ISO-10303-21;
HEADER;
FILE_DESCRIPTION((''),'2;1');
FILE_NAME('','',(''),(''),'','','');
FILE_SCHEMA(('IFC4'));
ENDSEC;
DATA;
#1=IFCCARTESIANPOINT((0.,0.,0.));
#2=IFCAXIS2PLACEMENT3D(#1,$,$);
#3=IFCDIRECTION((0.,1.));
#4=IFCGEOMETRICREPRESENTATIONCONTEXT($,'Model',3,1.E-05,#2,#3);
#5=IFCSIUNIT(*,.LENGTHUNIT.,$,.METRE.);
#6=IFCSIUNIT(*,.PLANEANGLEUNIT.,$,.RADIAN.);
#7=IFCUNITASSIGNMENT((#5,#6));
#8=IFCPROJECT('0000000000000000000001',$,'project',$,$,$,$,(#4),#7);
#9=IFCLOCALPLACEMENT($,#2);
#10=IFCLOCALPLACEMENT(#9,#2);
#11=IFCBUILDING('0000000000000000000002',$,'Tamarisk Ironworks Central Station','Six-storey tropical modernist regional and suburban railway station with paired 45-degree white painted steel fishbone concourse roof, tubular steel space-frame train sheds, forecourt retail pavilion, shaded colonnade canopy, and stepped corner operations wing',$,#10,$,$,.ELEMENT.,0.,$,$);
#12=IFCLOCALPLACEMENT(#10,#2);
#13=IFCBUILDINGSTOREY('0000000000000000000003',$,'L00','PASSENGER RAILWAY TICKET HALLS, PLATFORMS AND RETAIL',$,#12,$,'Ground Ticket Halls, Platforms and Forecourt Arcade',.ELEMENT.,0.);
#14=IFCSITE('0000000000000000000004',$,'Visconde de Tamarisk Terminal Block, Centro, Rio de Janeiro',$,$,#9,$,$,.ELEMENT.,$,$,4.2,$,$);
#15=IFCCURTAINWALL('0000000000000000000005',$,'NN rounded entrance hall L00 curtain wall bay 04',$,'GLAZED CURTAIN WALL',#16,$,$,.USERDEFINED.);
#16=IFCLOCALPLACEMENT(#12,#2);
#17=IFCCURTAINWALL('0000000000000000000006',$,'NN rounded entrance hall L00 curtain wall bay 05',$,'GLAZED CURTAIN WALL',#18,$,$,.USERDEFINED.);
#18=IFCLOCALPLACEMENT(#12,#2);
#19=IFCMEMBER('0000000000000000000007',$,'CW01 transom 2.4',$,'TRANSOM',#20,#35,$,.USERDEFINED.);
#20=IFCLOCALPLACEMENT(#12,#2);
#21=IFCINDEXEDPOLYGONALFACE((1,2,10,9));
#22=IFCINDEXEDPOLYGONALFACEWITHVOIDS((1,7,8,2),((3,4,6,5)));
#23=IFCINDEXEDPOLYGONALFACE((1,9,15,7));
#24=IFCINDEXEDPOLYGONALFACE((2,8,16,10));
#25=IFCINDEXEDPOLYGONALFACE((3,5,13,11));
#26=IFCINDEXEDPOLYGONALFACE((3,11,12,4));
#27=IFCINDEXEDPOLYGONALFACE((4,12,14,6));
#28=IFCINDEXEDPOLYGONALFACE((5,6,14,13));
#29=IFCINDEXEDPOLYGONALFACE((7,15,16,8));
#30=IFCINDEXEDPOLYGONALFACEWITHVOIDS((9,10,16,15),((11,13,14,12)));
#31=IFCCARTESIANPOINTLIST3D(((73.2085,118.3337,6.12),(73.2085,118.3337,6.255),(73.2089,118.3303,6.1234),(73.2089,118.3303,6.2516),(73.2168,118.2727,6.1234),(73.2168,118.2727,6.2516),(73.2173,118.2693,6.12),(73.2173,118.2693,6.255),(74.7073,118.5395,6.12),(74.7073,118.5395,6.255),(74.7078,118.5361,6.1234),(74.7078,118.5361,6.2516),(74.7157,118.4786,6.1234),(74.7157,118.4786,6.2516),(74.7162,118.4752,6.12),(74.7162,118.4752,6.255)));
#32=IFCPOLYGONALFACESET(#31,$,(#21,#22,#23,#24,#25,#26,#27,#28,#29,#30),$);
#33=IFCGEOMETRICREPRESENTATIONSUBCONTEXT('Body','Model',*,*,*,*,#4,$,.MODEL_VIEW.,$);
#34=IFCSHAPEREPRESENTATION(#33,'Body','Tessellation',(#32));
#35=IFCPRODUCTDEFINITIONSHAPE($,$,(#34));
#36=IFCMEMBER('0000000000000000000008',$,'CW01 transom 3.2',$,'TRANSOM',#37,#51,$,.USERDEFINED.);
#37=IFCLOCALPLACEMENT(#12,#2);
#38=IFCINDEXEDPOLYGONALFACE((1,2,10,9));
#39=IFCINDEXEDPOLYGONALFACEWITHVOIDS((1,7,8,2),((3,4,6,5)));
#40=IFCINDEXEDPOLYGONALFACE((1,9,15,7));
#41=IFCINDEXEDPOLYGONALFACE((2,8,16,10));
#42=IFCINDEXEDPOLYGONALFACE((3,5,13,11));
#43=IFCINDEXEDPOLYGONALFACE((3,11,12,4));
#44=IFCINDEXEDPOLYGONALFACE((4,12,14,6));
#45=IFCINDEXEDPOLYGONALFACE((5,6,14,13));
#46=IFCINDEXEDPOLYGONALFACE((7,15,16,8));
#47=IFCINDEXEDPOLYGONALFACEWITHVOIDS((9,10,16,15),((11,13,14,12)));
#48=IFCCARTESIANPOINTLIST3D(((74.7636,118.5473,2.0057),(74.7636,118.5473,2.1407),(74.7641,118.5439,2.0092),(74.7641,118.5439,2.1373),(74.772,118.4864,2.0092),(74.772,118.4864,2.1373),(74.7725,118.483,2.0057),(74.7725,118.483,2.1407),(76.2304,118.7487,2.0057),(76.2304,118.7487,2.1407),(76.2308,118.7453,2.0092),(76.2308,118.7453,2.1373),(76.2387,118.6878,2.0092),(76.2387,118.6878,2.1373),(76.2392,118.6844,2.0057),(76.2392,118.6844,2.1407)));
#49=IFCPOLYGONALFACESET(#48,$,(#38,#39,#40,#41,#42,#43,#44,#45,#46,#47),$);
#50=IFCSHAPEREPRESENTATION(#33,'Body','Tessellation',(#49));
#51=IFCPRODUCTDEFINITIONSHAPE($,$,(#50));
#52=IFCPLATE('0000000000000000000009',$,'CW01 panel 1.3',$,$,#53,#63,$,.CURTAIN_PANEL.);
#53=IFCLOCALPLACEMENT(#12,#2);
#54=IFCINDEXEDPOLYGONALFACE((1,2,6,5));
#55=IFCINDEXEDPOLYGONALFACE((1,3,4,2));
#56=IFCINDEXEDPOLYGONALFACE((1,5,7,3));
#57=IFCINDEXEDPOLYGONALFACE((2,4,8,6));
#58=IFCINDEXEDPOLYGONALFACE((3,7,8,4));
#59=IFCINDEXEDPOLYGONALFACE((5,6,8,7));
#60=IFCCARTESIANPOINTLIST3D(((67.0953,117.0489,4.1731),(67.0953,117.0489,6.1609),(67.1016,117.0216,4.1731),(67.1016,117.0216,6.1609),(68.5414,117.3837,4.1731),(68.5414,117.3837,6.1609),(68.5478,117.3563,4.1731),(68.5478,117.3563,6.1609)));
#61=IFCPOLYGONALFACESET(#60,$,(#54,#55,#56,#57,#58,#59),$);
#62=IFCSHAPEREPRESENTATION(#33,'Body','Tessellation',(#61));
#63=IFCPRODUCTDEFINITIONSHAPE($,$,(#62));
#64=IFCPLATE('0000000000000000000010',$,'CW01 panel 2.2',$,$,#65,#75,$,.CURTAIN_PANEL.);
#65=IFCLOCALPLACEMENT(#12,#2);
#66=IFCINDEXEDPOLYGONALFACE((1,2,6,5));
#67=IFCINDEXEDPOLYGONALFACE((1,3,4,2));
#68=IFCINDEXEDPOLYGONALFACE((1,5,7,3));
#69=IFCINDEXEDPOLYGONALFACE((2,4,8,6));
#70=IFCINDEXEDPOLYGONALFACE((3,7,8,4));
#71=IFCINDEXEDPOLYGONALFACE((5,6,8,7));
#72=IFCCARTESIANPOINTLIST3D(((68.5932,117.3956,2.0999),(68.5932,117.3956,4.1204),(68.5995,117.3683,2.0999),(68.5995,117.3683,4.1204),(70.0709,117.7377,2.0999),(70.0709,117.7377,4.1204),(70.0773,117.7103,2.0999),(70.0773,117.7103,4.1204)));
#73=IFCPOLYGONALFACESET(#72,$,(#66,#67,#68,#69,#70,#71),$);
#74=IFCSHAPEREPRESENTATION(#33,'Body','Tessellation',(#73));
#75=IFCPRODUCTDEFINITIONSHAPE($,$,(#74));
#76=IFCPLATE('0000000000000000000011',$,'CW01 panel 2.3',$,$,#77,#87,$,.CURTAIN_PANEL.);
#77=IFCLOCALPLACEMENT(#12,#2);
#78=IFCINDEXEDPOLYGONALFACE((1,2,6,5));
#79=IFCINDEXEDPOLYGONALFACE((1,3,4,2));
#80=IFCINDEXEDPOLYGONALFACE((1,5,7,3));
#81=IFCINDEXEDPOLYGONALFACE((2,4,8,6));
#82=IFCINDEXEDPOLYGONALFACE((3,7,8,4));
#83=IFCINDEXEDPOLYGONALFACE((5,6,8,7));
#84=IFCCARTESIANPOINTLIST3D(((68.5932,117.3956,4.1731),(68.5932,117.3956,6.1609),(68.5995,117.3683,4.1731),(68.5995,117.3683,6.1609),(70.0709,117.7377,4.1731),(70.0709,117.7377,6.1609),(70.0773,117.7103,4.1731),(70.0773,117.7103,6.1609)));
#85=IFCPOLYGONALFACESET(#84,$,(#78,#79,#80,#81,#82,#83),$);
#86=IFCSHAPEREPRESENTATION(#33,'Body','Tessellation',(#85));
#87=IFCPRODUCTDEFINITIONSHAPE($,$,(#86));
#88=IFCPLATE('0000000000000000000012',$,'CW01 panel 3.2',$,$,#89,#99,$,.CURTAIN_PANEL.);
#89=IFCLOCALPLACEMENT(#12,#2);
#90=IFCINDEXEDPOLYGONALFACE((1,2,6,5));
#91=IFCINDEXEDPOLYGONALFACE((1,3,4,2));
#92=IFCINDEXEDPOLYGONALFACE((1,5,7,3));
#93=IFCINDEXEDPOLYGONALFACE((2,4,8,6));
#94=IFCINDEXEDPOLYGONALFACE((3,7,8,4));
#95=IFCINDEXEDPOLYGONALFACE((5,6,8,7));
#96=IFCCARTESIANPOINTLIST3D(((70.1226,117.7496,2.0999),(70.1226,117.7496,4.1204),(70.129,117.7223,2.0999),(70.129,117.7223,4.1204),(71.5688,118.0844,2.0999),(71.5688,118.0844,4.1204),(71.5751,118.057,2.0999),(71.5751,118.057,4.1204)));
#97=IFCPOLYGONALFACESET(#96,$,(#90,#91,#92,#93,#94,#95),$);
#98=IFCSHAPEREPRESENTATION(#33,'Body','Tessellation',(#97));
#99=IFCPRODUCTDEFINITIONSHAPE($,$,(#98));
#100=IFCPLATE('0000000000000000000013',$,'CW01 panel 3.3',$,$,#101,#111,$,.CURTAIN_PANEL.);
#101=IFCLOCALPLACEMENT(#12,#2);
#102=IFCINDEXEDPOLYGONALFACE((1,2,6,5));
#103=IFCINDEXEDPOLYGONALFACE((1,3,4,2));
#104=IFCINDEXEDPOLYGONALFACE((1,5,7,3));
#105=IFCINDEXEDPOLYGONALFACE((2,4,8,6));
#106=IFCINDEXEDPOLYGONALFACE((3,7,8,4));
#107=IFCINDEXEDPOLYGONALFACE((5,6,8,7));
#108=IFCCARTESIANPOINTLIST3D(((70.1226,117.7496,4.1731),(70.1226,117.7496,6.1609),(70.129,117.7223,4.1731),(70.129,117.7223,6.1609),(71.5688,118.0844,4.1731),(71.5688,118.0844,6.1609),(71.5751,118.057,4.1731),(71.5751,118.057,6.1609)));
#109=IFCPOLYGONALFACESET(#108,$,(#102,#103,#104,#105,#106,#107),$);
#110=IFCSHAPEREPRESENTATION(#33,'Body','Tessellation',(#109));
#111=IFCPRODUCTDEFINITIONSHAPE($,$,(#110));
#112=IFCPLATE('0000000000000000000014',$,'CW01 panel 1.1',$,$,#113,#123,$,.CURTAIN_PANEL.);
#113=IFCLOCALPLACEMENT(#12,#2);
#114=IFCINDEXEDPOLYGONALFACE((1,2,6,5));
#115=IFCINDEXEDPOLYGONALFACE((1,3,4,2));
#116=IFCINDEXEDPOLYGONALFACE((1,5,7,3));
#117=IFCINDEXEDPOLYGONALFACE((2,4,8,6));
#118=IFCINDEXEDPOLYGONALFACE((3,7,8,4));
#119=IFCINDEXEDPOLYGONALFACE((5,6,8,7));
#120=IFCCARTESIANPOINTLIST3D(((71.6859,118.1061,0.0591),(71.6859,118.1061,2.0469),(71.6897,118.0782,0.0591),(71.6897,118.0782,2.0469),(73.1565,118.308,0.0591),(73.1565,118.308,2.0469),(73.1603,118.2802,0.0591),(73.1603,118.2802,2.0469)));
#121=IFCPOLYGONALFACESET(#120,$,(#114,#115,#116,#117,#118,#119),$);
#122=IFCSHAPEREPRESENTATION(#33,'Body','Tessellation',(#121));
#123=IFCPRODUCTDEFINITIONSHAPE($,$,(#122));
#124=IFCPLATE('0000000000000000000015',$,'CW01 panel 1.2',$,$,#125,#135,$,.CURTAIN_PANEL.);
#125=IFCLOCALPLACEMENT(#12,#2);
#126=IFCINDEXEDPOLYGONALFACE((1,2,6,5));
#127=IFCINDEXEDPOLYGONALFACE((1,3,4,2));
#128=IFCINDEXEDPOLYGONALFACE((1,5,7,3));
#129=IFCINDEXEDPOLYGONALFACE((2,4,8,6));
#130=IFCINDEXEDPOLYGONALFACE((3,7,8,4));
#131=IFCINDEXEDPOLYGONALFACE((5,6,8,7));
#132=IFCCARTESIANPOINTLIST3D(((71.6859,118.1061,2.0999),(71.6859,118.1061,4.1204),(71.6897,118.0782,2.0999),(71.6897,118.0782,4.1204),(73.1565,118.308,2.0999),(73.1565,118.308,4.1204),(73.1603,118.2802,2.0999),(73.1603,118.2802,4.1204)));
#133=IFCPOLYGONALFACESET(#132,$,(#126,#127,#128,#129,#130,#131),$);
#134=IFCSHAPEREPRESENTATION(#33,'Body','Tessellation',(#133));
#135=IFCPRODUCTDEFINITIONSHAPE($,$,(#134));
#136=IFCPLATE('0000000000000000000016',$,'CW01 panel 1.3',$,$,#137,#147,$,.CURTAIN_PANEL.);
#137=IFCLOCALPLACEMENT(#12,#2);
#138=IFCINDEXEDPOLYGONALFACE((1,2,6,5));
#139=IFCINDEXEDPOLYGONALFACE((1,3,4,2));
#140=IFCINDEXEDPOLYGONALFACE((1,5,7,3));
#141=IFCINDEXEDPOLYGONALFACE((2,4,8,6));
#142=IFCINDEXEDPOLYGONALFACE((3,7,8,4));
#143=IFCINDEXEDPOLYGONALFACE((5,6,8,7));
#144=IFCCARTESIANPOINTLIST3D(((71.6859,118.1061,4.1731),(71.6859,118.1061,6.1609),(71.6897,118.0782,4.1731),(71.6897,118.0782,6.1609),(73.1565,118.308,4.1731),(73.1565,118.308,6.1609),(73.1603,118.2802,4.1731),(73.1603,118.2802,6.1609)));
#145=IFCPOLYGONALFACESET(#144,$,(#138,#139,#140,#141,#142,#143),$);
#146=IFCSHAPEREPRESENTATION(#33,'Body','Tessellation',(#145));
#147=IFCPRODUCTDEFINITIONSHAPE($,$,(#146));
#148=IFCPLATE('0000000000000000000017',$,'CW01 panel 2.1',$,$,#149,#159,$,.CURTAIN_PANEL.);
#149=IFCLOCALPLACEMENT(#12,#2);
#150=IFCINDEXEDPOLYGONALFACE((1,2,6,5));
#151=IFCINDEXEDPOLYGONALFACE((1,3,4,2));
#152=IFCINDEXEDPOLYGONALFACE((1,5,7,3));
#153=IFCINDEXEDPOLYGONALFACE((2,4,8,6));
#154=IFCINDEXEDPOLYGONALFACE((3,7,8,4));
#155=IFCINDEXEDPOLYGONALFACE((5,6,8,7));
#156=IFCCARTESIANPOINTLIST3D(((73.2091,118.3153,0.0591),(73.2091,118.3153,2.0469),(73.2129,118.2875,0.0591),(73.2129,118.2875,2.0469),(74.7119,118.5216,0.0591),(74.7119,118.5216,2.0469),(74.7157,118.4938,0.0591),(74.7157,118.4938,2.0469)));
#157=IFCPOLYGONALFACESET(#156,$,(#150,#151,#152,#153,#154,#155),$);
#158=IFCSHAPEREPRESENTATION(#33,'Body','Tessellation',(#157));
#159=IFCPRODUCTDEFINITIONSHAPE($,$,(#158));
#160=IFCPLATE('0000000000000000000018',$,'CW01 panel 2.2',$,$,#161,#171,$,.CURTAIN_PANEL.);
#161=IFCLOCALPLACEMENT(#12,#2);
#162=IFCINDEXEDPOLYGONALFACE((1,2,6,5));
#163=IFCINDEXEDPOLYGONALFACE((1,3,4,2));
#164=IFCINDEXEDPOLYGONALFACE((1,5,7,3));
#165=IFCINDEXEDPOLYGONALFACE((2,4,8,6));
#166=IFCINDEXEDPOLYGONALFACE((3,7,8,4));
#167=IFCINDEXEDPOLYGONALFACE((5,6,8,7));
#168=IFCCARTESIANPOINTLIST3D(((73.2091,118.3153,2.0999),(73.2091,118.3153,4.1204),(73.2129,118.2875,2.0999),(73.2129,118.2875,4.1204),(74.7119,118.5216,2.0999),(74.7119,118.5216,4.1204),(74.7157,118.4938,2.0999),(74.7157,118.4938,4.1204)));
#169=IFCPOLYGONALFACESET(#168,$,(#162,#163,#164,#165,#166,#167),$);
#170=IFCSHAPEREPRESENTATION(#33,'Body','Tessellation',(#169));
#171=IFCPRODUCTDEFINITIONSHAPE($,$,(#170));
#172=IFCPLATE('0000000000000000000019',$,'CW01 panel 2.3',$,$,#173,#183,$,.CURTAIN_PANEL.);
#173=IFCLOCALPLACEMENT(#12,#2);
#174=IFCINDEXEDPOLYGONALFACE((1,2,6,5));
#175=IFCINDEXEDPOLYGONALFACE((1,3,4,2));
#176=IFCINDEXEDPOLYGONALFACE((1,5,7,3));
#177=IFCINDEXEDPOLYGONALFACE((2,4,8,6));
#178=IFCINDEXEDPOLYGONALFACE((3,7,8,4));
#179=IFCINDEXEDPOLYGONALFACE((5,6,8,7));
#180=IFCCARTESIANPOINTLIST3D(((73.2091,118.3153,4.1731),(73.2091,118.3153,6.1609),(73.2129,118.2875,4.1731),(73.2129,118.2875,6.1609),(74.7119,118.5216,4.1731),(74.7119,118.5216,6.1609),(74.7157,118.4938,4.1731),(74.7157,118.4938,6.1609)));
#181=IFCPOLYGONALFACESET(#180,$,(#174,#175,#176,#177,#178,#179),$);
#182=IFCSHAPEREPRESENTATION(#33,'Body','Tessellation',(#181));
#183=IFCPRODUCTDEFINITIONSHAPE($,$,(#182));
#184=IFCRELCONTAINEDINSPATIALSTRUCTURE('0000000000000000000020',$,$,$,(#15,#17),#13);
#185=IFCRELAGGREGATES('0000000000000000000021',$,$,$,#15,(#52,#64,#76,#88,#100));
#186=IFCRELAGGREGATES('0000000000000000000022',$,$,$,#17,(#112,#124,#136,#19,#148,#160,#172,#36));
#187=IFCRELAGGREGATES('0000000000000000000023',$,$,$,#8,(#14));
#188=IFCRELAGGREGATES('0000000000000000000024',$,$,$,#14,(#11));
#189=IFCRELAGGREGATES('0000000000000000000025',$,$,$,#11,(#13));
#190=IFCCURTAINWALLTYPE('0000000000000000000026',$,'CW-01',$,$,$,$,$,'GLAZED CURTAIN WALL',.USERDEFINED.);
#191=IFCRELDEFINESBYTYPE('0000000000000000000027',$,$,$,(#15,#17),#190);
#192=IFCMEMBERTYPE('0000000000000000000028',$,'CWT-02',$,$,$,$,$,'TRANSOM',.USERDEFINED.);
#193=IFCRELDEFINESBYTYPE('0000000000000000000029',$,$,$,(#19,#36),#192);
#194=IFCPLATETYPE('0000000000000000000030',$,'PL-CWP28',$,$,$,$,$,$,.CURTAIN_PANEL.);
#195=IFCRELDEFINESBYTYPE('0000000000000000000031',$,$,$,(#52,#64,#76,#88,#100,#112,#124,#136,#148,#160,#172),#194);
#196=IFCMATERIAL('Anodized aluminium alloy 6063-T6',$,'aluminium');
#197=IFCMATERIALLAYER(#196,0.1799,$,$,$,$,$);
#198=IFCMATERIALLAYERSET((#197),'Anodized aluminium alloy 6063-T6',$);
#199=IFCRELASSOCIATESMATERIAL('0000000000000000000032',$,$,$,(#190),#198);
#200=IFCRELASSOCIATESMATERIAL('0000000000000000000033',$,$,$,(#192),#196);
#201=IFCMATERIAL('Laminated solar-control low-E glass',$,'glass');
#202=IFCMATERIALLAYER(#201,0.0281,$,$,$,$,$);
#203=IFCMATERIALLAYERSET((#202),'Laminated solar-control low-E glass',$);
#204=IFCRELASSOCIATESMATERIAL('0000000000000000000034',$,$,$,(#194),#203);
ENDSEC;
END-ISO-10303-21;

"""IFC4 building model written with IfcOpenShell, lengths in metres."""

from ifc_helpers import new_model, si_unit, direction, frame, origin, origin_2d, place, context, subcontext, project, spatial, rectangle, hollow_rectangle, extrude, material, layer, layer_set, material_profile, profile_set, type_object, element, aggregate, save


model = new_model("IFC4")

# Units and contexts
model_context = context("Model", 3, precision=1e-05, world=origin(), true_north=direction((0.0, 1.0)))
body_context = subcontext(model_context, "Body", "Model", "MODEL_VIEW")
ifc_project = project(units=[si_unit("LENGTHUNIT", "METRE"), si_unit("PLANEANGLEUNIT", "RADIAN")], contexts=[model_context])

# Site, building, storey
site_placement = place(None, origin())
site = spatial("IfcSite", under=ifc_project, at=site_placement, Name="Visconde de Tamarisk Terminal Block, Centro, Rio de Janeiro", CompositionType="ELEMENT", RefElevation=4.2)
building_placement = place(site_placement, origin())
building = spatial("IfcBuilding", under=site, at=building_placement, Name="Tamarisk Ironworks Central Station", Description="Six-storey tropical modernist regional and suburban railway station with paired 45-degree white painted steel fishbone concourse roof, tubular steel space-frame train sheds, forecourt retail pavilion, shaded colonnade canopy, and stepped corner operations wing", CompositionType="ELEMENT", ElevationOfRefHeight=0.0)
storey_placement = place(building_placement, origin())
storey = spatial("IfcBuildingStorey", under=building, at=storey_placement, Name="L00", Description="PASSENGER RAILWAY TICKET HALLS, PLATFORMS AND RETAIL", LongName="Ground Ticket Halls, Platforms and Forecourt Arcade", CompositionType="ELEMENT", Elevation=0.0)

# Curtain walls, members
ifc_material_1 = material(Name="Anodized aluminium alloy 6063-T6", Category="aluminium")
ifc_layer_1 = layer(ifc_material_1, 0.1799)
ifc_layer_set_1 = layer_set([ifc_layer_1], Name="Anodized aluminium alloy 6063-T6")
curtain_wall_type = type_object("IfcCurtainWallType", Name="CW-01", ElementType="GLAZED CURTAIN WALL", PredefinedType="USERDEFINED", material=ifc_layer_set_1)
curtain_wall_1_placement = place(storey_placement, origin())
curtain_wall_1 = element("IfcCurtainWall", 1, at=curtain_wall_1_placement, inside=storey, type_object=curtain_wall_type, Name="NN rounded entrance hall L00 curtain wall bay 04", ObjectType="GLAZED CURTAIN WALL", PredefinedType="USERDEFINED")
ifc_material_profile = material_profile(ifc_material_1, hollow_rectangle(XDim=0.0649, YDim=0.135, WallThickness=0.0034, at=origin_2d()), Name="ALUM 135x65")
ifc_profile_set = profile_set([ifc_material_profile], Name="Anodized aluminium alloy 6063-T6")
member_type = type_object("IfcMemberType", Name="CWT-02", ElementType="TRANSOM", PredefinedType="USERDEFINED", material=ifc_profile_set)
curtain_wall_2_placement = place(storey_placement, origin())
curtain_wall_2 = element("IfcCurtainWall", 2, at=curtain_wall_2_placement, inside=storey, type_object=curtain_wall_type, Name="NN rounded entrance hall L00 curtain wall bay 05", ObjectType="GLAZED CURTAIN WALL", PredefinedType="USERDEFINED")
member_1_placement = place(storey_placement, frame((73.2129, 118.3015, 6.1875), z_axis=(0.990703, 0.136042, 0.0), x_axis=(-0.136042, 0.990703, 0.0)))
member_1 = element("IfcMember", 3, at=member_1_placement, type_object=member_type, Name="CW01 transom 2.4", ObjectType="TRANSOM", PredefinedType="USERDEFINED", context=body_context, shape_type="SweptSolid", body=[
    extrude(hollow_rectangle(XDim=0.0649, YDim=0.135, WallThickness=0.0034, at=origin_2d()), origin(), (0.0, 0.0, 1.0), 1.5129),
])
member_2_placement = place(storey_placement, frame((74.7681, 118.5151, 2.0732), z_axis=(0.990703, 0.13604, 0.0), x_axis=(-0.13604, 0.990703, 0.0)))
member_2 = element("IfcMember", 4, at=member_2_placement, type_object=member_type, Name="CW01 transom 3.2", ObjectType="TRANSOM", PredefinedType="USERDEFINED", context=body_context, shape_type="SweptSolid", body=[
    extrude(hollow_rectangle(XDim=0.0649, YDim=0.135, WallThickness=0.0034, at=origin_2d()), origin(), (0.0, 0.0, 1.0), 1.4805),
])

# Plates
ifc_material_2 = material(Name="Laminated solar-control low-E glass", Category="glass")
ifc_layer_2 = layer(ifc_material_2, 0.0281)
ifc_layer_set_2 = layer_set([ifc_layer_2], Name="Laminated solar-control low-E glass")
plate_type = type_object("IfcPlateType", Name="PL-CWP28", PredefinedType="CURTAIN_PANEL", material=ifc_layer_set_2)
plate_1_placement = place(storey_placement, frame((67.8215, 117.2026, 4.1731), z_axis=(0.0, 0.0, 1.0), x_axis=(0.974239, 0.225517, 0.0)))
plate_1 = element("IfcPlate", 5, at=plate_1_placement, type_object=plate_type, Name="CW01 panel 1.3", PredefinedType="CURTAIN_PANEL", context=body_context, shape_type="SweptSolid", body=[
    extrude(rectangle(XDim=1.4844, YDim=0.0281, at=origin_2d()), origin(), (0.0, 0.0, 1.0), 1.9878),
])
plate_2_placement = place(storey_placement, frame((69.3352, 117.553, 2.0999), z_axis=(0.0, 0.0, 1.0), x_axis=(0.974239, 0.225517, 0.0)))
plate_2 = element("IfcPlate", 6, at=plate_2_placement, type_object=plate_type, Name="CW01 panel 2.2", PredefinedType="CURTAIN_PANEL", context=body_context, shape_type="SweptSolid", body=[
    extrude(rectangle(XDim=1.5168, YDim=0.0281, at=origin_2d()), origin(), (0.0, 0.0, 1.0), 2.0205),
])
plate_3_placement = place(storey_placement, frame((69.3352, 117.553, 4.1731), z_axis=(0.0, 0.0, 1.0), x_axis=(0.974239, 0.225517, 0.0)))
plate_3 = element("IfcPlate", 7, at=plate_3_placement, type_object=plate_type, Name="CW01 panel 2.3", PredefinedType="CURTAIN_PANEL", context=body_context, shape_type="SweptSolid", body=[
    extrude(rectangle(XDim=1.5168, YDim=0.0281, at=origin_2d()), origin(), (0.0, 0.0, 1.0), 1.9878),
])
plate_4_placement = place(storey_placement, frame((70.8489, 117.9033, 2.0999), z_axis=(0.0, 0.0, 1.0), x_axis=(0.974239, 0.225517, 0.0)))
plate_4 = element("IfcPlate", 8, at=plate_4_placement, type_object=plate_type, Name="CW01 panel 3.2", PredefinedType="CURTAIN_PANEL", context=body_context, shape_type="SweptSolid", body=[
    extrude(rectangle(XDim=1.4844, YDim=0.0281, at=origin_2d()), origin(), (0.0, 0.0, 1.0), 2.0205),
])
plate_5_placement = place(storey_placement, frame((70.8489, 117.9033, 4.1731), z_axis=(0.0, 0.0, 1.0), x_axis=(0.974239, 0.225517, 0.0)))
plate_5 = element("IfcPlate", 9, at=plate_5_placement, type_object=plate_type, Name="CW01 panel 3.3", PredefinedType="CURTAIN_PANEL", context=body_context, shape_type="SweptSolid", body=[
    extrude(rectangle(XDim=1.4844, YDim=0.0281, at=origin_2d()), origin(), (0.0, 0.0, 1.0), 1.9878),
])
aggregate(curtain_wall_1, [plate_1, plate_2, plate_3, plate_4, plate_5])
plate_6_placement = place(storey_placement, frame((72.4231, 118.1931, 0.0591), z_axis=(0.0, 0.0, 1.0), x_axis=(0.990703, 0.136042, 0.0)))
plate_6 = element("IfcPlate", 10, at=plate_6_placement, type_object=plate_type, Name="CW01 panel 1.1", PredefinedType="CURTAIN_PANEL", context=body_context, shape_type="SweptSolid", body=[
    extrude(rectangle(XDim=1.4844, YDim=0.0281, at=origin_2d()), origin(), (0.0, 0.0, 1.0), 1.9878),
])
plate_7_placement = place(storey_placement, frame((72.4231, 118.1931, 2.0999), z_axis=(0.0, 0.0, 1.0), x_axis=(0.990703, 0.136042, 0.0)))
plate_7 = element("IfcPlate", 11, at=plate_7_placement, type_object=plate_type, Name="CW01 panel 1.2", PredefinedType="CURTAIN_PANEL", context=body_context, shape_type="SweptSolid", body=[
    extrude(rectangle(XDim=1.4844, YDim=0.0281, at=origin_2d()), origin(), (0.0, 0.0, 1.0), 2.0205),
])
plate_8_placement = place(storey_placement, frame((72.4231, 118.1931, 4.1731), z_axis=(0.0, 0.0, 1.0), x_axis=(0.990703, 0.136042, 0.0)))
plate_8 = element("IfcPlate", 12, at=plate_8_placement, type_object=plate_type, Name="CW01 panel 1.3", PredefinedType="CURTAIN_PANEL", context=body_context, shape_type="SweptSolid", body=[
    extrude(rectangle(XDim=1.4844, YDim=0.0281, at=origin_2d()), origin(), (0.0, 0.0, 1.0), 1.9878),
])
plate_9_placement = place(storey_placement, frame((73.9624, 118.4045, 0.0591), z_axis=(0.0, 0.0, 1.0), x_axis=(0.990703, 0.136042, 0.0)))
plate_9 = element("IfcPlate", 13, at=plate_9_placement, type_object=plate_type, Name="CW01 panel 2.1", PredefinedType="CURTAIN_PANEL", context=body_context, shape_type="SweptSolid", body=[
    extrude(rectangle(XDim=1.5168, YDim=0.0281, at=origin_2d()), origin(), (0.0, 0.0, 1.0), 1.9878),
])
plate_10_placement = place(storey_placement, frame((73.9624, 118.4045, 2.0999), z_axis=(0.0, 0.0, 1.0), x_axis=(0.990703, 0.136042, 0.0)))
plate_10 = element("IfcPlate", 14, at=plate_10_placement, type_object=plate_type, Name="CW01 panel 2.2", PredefinedType="CURTAIN_PANEL", context=body_context, shape_type="SweptSolid", body=[
    extrude(rectangle(XDim=1.5168, YDim=0.0281, at=origin_2d()), origin(), (0.0, 0.0, 1.0), 2.0205),
])
plate_11_placement = place(storey_placement, frame((73.9624, 118.4045, 4.1731), z_axis=(0.0, 0.0, 1.0), x_axis=(0.990703, 0.136042, 0.0)))
plate_11 = element("IfcPlate", 15, at=plate_11_placement, type_object=plate_type, Name="CW01 panel 2.3", PredefinedType="CURTAIN_PANEL", context=body_context, shape_type="SweptSolid", body=[
    extrude(rectangle(XDim=1.5168, YDim=0.0281, at=origin_2d()), origin(), (0.0, 0.0, 1.0), 1.9878),
])
aggregate(curtain_wall_2, [plate_6, plate_7, plate_8, member_1, plate_9, plate_10, plate_11, member_2])

save(model, "model.ifc")
